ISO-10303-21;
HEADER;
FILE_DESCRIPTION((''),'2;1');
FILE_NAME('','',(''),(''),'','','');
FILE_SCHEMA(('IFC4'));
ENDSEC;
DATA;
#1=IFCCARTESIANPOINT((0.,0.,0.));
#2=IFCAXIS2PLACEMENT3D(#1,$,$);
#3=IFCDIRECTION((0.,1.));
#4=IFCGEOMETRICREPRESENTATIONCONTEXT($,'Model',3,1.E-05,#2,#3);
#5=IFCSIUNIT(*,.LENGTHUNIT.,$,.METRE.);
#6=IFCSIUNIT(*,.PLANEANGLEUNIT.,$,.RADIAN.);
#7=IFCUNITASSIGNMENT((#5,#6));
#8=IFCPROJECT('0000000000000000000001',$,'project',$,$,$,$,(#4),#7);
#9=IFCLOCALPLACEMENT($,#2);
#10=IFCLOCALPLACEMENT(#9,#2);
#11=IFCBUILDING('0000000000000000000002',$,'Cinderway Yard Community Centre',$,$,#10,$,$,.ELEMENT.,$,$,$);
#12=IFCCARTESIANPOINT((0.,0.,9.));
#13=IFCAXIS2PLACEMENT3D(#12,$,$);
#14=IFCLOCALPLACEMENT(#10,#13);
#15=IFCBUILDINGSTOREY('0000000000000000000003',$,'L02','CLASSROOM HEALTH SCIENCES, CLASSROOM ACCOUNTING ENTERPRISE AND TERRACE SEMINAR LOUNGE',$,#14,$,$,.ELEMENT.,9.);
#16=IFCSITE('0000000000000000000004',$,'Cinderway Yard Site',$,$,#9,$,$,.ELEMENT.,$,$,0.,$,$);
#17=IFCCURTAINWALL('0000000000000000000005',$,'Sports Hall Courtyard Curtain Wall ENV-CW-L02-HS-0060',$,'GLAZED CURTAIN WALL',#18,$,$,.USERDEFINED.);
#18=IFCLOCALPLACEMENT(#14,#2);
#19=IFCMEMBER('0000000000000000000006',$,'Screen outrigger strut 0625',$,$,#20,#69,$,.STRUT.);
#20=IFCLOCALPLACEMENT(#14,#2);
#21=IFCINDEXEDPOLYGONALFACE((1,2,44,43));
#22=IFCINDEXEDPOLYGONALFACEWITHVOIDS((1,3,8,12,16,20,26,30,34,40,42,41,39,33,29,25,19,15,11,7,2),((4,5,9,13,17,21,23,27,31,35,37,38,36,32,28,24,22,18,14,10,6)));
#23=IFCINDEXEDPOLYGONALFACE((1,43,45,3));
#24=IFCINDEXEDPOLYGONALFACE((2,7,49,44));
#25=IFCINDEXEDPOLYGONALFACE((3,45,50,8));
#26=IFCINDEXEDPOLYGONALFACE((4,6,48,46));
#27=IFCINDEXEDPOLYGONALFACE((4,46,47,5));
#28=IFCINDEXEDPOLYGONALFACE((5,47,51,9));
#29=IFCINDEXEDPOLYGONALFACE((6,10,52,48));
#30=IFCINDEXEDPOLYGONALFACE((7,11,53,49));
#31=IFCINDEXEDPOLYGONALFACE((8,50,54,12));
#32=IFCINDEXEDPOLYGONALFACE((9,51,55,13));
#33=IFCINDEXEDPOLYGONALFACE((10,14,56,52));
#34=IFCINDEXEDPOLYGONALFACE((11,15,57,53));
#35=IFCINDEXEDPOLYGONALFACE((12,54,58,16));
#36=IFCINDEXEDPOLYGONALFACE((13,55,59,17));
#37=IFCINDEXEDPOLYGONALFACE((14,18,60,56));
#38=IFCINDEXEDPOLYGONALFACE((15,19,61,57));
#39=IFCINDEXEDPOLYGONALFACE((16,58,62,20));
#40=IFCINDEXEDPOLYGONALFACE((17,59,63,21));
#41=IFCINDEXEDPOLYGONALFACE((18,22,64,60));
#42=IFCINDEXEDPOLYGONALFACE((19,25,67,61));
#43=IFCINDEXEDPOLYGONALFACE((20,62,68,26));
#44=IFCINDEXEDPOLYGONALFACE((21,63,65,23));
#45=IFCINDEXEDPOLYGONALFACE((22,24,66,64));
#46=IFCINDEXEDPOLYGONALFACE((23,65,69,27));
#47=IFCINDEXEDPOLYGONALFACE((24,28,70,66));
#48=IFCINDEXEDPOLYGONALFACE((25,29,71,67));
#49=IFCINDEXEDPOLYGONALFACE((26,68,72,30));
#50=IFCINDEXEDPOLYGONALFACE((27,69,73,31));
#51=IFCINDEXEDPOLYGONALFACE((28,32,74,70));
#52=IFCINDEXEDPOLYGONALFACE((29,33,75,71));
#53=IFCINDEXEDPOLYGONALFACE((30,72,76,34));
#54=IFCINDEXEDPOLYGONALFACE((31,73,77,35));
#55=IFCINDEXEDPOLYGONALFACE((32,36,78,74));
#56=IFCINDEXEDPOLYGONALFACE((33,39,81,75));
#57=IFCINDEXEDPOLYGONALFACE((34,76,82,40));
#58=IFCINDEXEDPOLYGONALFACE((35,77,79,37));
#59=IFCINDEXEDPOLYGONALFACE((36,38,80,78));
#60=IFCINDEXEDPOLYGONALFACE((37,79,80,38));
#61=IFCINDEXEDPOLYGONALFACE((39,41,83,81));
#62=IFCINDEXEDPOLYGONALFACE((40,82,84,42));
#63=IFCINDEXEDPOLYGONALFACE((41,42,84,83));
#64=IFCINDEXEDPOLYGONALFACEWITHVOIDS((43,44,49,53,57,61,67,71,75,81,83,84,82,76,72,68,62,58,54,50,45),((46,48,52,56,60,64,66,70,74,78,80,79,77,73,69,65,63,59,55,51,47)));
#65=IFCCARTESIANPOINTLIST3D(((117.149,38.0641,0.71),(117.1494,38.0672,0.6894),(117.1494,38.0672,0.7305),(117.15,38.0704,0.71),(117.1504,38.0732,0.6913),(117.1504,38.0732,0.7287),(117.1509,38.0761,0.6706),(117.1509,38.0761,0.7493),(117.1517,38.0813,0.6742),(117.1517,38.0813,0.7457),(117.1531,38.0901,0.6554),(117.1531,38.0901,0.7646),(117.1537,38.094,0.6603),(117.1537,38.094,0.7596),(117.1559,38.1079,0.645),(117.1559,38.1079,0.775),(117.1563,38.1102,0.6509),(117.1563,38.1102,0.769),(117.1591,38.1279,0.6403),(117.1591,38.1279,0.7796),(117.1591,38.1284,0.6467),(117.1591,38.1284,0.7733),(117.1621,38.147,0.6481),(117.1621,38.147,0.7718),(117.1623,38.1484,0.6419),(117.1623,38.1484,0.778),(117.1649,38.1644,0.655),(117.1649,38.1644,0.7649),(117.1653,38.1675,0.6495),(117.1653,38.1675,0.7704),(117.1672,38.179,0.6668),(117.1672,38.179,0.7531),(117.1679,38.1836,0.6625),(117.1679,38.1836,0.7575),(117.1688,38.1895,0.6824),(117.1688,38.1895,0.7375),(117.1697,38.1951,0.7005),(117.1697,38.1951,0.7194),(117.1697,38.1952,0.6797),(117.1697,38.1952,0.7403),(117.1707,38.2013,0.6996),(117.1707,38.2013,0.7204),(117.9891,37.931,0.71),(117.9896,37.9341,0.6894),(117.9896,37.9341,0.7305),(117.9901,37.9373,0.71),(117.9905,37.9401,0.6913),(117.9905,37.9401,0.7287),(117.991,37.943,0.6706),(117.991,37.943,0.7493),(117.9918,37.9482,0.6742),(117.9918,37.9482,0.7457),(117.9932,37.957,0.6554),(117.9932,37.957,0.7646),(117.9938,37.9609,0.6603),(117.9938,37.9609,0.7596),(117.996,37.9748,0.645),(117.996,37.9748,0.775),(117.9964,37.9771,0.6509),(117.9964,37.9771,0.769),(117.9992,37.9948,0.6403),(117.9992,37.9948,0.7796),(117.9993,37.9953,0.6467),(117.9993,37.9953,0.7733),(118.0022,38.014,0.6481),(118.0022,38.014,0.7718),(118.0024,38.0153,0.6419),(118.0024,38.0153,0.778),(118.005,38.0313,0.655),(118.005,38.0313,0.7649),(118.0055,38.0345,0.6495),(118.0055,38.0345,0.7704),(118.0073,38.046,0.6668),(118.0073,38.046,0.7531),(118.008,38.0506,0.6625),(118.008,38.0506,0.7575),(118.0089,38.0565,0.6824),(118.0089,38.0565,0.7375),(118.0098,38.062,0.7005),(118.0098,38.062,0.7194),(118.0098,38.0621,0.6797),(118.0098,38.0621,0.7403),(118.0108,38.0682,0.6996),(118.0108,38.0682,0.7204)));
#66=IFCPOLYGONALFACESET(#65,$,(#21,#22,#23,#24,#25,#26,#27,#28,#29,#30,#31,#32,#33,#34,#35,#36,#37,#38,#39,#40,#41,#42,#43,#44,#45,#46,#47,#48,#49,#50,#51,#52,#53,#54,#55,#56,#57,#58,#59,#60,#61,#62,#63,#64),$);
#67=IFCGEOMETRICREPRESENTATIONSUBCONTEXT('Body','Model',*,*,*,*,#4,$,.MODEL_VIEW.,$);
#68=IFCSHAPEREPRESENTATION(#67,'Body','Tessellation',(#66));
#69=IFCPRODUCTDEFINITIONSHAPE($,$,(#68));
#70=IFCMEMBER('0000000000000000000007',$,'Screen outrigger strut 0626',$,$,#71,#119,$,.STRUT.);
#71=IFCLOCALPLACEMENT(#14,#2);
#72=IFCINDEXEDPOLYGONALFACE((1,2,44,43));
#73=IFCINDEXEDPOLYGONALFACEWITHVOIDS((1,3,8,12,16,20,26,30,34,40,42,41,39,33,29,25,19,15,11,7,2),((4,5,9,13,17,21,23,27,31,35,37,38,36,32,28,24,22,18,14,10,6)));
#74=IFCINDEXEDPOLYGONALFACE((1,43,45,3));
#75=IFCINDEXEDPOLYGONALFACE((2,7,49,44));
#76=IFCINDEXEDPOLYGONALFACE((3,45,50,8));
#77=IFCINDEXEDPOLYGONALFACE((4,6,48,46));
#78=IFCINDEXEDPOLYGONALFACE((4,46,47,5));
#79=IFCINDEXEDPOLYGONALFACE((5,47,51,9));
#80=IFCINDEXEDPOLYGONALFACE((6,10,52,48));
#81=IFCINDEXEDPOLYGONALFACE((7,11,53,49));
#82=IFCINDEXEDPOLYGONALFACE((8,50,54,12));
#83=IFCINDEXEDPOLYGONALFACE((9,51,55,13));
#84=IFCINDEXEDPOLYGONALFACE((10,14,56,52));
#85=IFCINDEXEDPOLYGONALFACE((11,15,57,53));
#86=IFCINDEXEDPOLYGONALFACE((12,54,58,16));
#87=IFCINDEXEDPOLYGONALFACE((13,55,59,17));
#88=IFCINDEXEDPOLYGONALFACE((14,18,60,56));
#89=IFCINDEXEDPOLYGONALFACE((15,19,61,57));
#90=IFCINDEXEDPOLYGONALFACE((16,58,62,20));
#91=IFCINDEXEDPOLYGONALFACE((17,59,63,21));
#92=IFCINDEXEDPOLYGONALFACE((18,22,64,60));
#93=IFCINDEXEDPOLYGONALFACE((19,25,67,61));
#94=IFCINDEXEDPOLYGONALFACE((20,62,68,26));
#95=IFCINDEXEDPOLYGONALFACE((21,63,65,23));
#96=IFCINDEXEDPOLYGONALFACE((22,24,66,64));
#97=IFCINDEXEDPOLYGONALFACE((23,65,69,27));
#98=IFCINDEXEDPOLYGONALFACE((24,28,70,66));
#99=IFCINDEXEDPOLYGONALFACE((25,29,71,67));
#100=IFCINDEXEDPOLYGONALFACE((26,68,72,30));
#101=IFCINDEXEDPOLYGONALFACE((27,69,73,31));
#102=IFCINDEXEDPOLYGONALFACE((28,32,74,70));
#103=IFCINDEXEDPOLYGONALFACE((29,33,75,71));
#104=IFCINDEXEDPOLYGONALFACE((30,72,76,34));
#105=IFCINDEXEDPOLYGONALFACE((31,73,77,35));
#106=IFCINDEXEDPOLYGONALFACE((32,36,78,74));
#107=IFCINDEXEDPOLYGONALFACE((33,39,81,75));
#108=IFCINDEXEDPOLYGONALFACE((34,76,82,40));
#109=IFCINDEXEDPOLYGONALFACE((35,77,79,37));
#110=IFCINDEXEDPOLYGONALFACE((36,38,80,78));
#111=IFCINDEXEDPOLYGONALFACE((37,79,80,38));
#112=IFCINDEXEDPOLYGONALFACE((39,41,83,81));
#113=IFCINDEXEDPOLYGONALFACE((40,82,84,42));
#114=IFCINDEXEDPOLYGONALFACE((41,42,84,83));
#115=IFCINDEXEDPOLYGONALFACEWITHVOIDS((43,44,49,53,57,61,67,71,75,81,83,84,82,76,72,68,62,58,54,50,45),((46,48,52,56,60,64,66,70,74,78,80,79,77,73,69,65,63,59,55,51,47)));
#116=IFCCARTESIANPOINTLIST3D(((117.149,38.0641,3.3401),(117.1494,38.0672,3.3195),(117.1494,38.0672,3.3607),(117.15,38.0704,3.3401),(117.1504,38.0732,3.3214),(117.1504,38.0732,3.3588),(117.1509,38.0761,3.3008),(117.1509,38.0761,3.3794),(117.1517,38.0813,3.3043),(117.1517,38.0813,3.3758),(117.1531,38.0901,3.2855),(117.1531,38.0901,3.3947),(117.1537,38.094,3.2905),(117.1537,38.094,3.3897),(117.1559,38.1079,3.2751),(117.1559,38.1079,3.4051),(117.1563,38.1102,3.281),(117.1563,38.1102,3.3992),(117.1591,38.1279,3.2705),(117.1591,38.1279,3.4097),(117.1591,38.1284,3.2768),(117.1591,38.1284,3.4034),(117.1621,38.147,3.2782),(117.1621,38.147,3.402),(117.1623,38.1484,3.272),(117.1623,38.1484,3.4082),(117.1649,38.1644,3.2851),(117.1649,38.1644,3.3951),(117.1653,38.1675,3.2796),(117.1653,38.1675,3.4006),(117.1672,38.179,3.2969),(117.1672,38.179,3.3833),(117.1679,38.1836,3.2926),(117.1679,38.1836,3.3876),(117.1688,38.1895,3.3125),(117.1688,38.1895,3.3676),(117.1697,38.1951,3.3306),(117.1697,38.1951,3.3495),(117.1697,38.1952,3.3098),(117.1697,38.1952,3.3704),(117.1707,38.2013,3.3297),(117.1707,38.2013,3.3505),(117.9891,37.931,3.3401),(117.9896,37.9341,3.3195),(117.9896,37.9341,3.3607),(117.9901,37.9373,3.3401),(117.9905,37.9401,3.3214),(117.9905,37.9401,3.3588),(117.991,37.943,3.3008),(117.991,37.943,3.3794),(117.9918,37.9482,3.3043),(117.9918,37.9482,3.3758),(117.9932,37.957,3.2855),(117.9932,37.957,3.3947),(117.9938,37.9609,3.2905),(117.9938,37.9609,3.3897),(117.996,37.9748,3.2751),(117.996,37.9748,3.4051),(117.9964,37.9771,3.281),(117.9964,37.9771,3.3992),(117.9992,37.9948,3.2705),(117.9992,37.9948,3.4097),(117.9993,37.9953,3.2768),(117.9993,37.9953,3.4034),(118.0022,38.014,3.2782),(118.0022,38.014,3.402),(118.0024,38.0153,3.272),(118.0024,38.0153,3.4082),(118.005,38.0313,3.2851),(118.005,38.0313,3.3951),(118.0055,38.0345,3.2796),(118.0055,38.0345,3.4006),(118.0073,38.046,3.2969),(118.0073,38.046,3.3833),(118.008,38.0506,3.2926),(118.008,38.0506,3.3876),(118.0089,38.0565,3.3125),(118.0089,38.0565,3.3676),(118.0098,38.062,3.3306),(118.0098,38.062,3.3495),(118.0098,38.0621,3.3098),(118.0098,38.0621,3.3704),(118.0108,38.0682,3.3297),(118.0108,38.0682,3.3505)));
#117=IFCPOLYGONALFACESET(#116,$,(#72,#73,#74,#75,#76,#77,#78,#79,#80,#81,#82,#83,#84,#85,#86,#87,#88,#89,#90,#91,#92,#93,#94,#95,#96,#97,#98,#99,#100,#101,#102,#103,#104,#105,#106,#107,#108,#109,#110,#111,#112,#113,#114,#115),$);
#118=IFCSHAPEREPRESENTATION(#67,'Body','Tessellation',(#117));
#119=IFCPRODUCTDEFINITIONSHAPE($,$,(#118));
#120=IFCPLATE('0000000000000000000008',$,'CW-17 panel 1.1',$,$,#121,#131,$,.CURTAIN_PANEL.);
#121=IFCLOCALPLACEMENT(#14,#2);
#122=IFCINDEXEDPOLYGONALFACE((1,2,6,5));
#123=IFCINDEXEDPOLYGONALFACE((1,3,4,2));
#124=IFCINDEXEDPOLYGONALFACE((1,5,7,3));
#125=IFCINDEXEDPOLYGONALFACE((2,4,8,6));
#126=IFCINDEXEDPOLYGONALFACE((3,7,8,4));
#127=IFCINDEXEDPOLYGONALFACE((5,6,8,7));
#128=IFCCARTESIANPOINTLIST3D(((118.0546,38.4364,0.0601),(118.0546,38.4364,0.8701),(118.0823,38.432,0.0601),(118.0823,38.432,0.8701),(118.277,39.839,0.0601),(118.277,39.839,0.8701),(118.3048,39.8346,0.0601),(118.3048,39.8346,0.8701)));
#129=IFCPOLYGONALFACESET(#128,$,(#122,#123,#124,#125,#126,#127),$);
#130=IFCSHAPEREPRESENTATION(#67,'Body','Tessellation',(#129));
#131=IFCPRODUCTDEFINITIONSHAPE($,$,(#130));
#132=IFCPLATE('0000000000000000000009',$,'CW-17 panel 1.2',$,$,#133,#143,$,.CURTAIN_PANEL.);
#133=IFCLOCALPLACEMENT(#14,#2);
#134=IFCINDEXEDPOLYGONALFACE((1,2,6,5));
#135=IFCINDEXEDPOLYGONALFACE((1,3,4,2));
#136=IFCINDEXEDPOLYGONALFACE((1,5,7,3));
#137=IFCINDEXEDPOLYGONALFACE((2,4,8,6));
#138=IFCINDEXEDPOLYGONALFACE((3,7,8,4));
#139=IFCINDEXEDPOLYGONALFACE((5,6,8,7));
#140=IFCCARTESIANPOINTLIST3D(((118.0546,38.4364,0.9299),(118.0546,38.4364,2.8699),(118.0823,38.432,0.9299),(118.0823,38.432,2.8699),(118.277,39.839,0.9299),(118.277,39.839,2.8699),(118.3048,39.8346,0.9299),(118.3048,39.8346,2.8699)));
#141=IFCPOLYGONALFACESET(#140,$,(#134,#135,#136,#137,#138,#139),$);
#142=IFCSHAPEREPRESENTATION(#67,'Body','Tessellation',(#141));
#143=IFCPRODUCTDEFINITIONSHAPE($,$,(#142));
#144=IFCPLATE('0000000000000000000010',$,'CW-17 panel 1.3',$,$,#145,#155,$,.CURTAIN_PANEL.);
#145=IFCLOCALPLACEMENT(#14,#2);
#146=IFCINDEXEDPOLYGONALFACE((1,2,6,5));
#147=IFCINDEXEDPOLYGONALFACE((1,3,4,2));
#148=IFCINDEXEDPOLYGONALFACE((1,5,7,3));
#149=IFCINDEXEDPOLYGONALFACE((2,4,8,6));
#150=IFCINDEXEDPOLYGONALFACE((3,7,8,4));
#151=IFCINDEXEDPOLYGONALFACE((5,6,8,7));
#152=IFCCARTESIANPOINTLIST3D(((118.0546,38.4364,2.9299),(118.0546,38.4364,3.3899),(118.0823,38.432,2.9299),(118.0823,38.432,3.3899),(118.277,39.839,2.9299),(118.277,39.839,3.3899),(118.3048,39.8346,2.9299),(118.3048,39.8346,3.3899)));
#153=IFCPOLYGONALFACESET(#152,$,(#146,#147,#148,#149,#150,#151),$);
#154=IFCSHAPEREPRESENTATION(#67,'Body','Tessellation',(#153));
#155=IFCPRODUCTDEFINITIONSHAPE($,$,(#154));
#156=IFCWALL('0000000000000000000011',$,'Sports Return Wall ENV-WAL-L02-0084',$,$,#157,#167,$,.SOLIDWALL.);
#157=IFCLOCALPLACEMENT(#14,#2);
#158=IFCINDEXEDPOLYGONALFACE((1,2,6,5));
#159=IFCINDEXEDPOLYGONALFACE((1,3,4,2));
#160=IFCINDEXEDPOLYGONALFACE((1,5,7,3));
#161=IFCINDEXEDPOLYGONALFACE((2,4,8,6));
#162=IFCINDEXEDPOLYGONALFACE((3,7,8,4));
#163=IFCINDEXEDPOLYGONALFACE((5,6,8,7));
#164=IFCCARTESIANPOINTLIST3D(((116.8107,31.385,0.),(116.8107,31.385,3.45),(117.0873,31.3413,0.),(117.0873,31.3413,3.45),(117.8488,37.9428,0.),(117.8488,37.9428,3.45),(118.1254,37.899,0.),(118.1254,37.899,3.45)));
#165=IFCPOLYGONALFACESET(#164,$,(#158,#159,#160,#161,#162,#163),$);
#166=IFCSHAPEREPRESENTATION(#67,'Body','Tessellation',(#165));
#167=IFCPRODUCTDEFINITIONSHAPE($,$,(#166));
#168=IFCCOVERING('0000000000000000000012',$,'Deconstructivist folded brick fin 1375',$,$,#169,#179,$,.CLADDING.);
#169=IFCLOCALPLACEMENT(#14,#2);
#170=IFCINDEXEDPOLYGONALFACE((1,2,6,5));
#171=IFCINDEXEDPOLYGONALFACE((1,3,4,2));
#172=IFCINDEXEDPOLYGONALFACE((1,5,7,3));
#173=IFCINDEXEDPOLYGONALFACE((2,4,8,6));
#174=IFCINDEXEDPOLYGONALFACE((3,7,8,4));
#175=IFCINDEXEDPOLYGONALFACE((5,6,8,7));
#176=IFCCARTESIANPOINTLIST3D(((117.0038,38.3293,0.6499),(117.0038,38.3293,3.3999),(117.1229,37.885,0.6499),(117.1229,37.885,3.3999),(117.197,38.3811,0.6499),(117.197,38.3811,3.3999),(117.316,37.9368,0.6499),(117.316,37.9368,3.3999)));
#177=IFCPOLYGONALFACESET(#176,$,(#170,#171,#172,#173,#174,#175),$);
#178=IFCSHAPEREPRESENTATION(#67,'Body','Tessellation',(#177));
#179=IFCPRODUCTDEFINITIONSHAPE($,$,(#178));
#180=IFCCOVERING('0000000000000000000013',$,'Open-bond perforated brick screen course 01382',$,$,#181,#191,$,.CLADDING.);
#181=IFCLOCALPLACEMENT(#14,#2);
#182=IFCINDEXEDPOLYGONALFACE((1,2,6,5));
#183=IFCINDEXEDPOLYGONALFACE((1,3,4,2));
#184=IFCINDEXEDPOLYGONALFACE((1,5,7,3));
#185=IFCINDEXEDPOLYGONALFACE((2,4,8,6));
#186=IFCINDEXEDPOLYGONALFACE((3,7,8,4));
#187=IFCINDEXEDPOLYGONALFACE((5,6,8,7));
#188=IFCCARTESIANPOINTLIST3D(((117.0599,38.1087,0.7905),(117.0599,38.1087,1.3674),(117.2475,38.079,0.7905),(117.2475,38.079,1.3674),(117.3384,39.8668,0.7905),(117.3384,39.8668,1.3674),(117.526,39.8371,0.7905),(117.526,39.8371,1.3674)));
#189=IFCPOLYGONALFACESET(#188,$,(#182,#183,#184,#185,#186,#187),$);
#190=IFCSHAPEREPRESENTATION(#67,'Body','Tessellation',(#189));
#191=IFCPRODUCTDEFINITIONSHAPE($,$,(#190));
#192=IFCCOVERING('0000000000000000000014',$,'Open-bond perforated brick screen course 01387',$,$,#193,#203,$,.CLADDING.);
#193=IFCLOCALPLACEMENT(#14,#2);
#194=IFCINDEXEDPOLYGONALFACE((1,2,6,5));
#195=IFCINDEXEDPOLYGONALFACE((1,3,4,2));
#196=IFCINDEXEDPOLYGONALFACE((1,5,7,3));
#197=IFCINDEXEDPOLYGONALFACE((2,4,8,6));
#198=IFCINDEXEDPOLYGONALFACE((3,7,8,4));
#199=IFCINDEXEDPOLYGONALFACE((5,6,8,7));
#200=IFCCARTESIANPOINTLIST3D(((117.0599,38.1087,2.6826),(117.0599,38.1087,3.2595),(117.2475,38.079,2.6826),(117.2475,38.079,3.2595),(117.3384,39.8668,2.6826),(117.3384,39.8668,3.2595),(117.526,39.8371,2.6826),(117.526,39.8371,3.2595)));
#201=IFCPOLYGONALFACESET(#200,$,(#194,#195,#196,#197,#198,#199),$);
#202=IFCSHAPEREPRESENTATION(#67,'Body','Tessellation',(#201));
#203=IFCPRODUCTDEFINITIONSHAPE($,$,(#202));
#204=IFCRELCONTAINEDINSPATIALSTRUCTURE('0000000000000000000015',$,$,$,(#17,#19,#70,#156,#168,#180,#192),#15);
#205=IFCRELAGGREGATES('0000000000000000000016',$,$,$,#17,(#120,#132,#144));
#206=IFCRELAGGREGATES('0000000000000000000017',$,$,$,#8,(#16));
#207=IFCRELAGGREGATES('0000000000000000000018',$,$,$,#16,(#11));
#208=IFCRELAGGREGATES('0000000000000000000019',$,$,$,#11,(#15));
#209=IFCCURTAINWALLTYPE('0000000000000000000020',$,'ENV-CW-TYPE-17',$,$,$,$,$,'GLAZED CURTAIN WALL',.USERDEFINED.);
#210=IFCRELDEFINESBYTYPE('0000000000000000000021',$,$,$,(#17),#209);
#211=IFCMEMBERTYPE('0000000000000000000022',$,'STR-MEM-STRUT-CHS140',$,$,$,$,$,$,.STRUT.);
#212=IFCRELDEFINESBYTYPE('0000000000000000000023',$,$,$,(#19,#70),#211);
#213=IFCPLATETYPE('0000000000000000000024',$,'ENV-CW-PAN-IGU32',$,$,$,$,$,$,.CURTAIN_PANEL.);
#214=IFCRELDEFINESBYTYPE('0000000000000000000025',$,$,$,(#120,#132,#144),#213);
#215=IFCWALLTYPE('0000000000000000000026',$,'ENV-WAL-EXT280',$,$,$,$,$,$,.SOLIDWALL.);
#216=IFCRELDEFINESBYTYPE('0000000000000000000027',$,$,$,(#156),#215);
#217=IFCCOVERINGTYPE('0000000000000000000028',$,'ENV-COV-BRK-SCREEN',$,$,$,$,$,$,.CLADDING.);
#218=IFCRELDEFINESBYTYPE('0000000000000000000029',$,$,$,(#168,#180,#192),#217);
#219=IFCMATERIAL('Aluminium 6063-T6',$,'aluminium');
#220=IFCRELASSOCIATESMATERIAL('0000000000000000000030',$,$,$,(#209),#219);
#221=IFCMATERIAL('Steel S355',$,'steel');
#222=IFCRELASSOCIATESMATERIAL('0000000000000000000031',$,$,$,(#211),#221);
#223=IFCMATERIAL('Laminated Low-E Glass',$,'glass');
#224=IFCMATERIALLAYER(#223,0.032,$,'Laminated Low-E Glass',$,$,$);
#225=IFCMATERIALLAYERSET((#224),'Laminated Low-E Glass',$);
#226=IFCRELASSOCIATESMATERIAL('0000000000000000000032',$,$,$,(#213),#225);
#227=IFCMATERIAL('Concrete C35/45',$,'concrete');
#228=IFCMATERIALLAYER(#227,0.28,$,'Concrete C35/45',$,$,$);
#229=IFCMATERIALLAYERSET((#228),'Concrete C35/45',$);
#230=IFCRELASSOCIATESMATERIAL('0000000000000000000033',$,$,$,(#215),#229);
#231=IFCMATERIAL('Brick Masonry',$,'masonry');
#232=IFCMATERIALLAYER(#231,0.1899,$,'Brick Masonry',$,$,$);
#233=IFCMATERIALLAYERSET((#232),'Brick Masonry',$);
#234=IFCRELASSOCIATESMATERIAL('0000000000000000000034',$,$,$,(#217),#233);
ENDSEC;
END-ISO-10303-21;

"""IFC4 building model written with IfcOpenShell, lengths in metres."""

from ifc_helpers import new_model, si_unit, direction, frame, frame_2d, origin, origin_2d, place, context, subcontext, project, spatial, rectangle, hollow_circle, extrude, material, layer, layer_set, material_profile, profile_set, type_object, element, aggregate, save


model = new_model("IFC4")

# Units and contexts
model_context = context("Model", 3, precision=1e-05, world=origin(), true_north=direction((0.0, 1.0)))
body_context = subcontext(model_context, "Body", "Model", "MODEL_VIEW")
ifc_project = project(units=[si_unit("LENGTHUNIT", "METRE"), si_unit("PLANEANGLEUNIT", "RADIAN")], contexts=[model_context])

# Site, building, storey
site_placement = place(None, origin())
site = spatial("IfcSite", under=ifc_project, at=site_placement, Name="Cinderway Yard Site", CompositionType="ELEMENT", RefElevation=0.0)
building_placement = place(site_placement, origin())
building = spatial("IfcBuilding", under=site, at=building_placement, Name="Cinderway Yard Community Centre", CompositionType="ELEMENT")
storey_placement = place(building_placement, frame((0.0, 0.0, 9.0)))
storey = spatial("IfcBuildingStorey", under=building, at=storey_placement, Name="L02", Description="CLASSROOM HEALTH SCIENCES, CLASSROOM ACCOUNTING ENTERPRISE AND TERRACE SEMINAR LOUNGE", CompositionType="ELEMENT", Elevation=9.0)

# Curtain wall
ifc_material_1 = material(Name="Aluminium 6063-T6", Category="aluminium")
curtain_wall_type = type_object("IfcCurtainWallType", Name="ENV-CW-TYPE-17", ElementType="GLAZED CURTAIN WALL", PredefinedType="USERDEFINED", material=ifc_material_1)
curtain_wall_placement = place(storey_placement, origin())
curtain_wall = element("IfcCurtainWall", 1, at=curtain_wall_placement, inside=storey, type_object=curtain_wall_type, Name="Sports Hall Courtyard Curtain Wall ENV-CW-L02-HS-0060", ObjectType="GLAZED CURTAIN WALL", PredefinedType="USERDEFINED")

# Shared definitions
ifc_material_2 = material(Name="Steel S355", Category="steel")

# Shared definitions
ifc_material_3 = material(Name="Concrete C35/45", Category="concrete")

# Members
ifc_material_profile_1 = material_profile(ifc_material_2, hollow_circle(Radius=0.0698, WallThickness=0.0063, at=origin_2d()), Name="Steel S355")
ifc_profile_set_1 = profile_set([ifc_material_profile_1], Name="Steel S355")
member_type_1 = type_object("IfcMemberType", Name="STR-MEM-STRUT-CHS140", PredefinedType="STRUT", material=ifc_profile_set_1)
for number, where, z_axis, x_axis, name in (
    (2, (118.0, 38.0, 0.71), (-0.987688, 0.156434, 0.0), (-0.156434, -0.987688, 0.0), "Screen outrigger strut 0625"),
    (3, (118.0, 38.0, 3.3401), (-0.987688, 0.156434, 0.0), (-0.156434, -0.987688, 0.0), "Screen outrigger strut 0626"),
):
    element("IfcMember", number, at=place(storey_placement, frame(where, z_axis=z_axis, x_axis=x_axis)), inside=storey, type_object=member_type_1, Name=name, PredefinedType="STRUT", context=body_context, shape_type="SweptSolid", body=[
        extrude(hollow_circle(Radius=0.0698, WallThickness=0.0063, at=origin_2d()), origin(), (0.0, 0.0, 1.0), 0.8506),
    ])

# Plates
ifc_material_4 = material(Name="Laminated Low-E Glass", Category="glass")
ifc_layer_1 = layer(ifc_material_4, 0.032, Name="Laminated Low-E Glass")
ifc_layer_set_1 = layer_set([ifc_layer_1], Name="Laminated Low-E Glass")
plate_type = type_object("IfcPlateType", Name="ENV-CW-PAN-IGU32", PredefinedType="CURTAIN_PANEL", material=ifc_layer_set_1)
plate_1_placement = place(storey_placement, frame((118.1797, 39.1355, 0.0601), z_axis=(0.0, 0.0, 1.0), x_axis=(0.156609, 0.987661, 0.0)))
plate_1 = element("IfcPlate", 4, at=plate_1_placement, type_object=plate_type, Name="CW-17 panel 1.1", PredefinedType="CURTAIN_PANEL", context=body_context, shape_type="SweptSolid", body=[
    extrude(rectangle(XDim=1.4202, YDim=0.0281, at=origin_2d()), origin(), (0.0, 0.0, 1.0), 0.8101),
])
plate_2_placement = place(storey_placement, frame((118.1797, 39.1355, 0.9299), z_axis=(0.0, 0.0, 1.0), x_axis=(0.156609, 0.987661, 0.0)))
plate_2 = element("IfcPlate", 5, at=plate_2_placement, type_object=plate_type, Name="CW-17 panel 1.2", PredefinedType="CURTAIN_PANEL", context=body_context, shape_type="SweptSolid", body=[
    extrude(rectangle(XDim=1.4202, YDim=0.0281, at=origin_2d()), origin(), (0.0, 0.0, 1.0), 1.9399),
])
plate_3_placement = place(storey_placement, frame((118.1797, 39.1355, 2.9299), z_axis=(0.0, 0.0, 1.0), x_axis=(0.156609, 0.987661, 0.0)))
plate_3 = element("IfcPlate", 6, at=plate_3_placement, type_object=plate_type, Name="CW-17 panel 1.3", PredefinedType="CURTAIN_PANEL", context=body_context, shape_type="SweptSolid", body=[
    extrude(rectangle(XDim=1.4202, YDim=0.0281, at=origin_2d()), origin(), (0.0, 0.0, 1.0), 0.46),
])
aggregate(curtain_wall, [plate_1, plate_2, plate_3])

# Wall
ifc_layer_2 = layer(ifc_material_3, 0.28, Name="Concrete C35/45")
ifc_layer_set_2 = layer_set([ifc_layer_2], Name="Concrete C35/45")
wall_type = type_object("IfcWallType", Name="ENV-WAL-EXT280", PredefinedType="SOLIDWALL", material=ifc_layer_set_2)
wall_placement = place(storey_placement, frame((116.949, 31.363, 0.0), z_axis=(0.0, 0.0, 1.0), x_axis=(0.15635, 0.987702, 0.0)))
element("IfcWall", 7, at=wall_placement, inside=storey, type_object=wall_type, Name="Sports Return Wall ENV-WAL-L02-0084", PredefinedType="SOLIDWALL", context=body_context, shape_type="SweptSolid", body=[
    extrude(rectangle(XDim=6.6394, YDim=0.28, at=frame_2d((3.3198, 0.0))), origin(), (0.0, 0.0, 1.0), 3.45),
])

# Coverings
ifc_material_5 = material(Name="Brick Masonry", Category="masonry")
ifc_layer_3 = layer(ifc_material_5, 0.1899, Name="Brick Masonry")
ifc_layer_set_3 = layer_set([ifc_layer_3], Name="Brick Masonry")
covering_type = type_object("IfcCoveringType", Name="ENV-COV-BRK-SCREEN", PredefinedType="CLADDING", material=ifc_layer_set_3)
covering_placement = place(storey_placement, frame((117.1599, 38.1331, 0.6499), z_axis=(0.0, 0.0, 1.0), x_axis=(-0.258819, 0.965926, 0.0)))
element("IfcCovering", 8, at=covering_placement, inside=storey, type_object=covering_type, Name="Deconstructivist folded brick fin 1375", PredefinedType="CLADDING", context=body_context, shape_type="SweptSolid", body=[
    extrude(rectangle(XDim=0.46, YDim=0.2, at=origin_2d()), origin(), (0.0, 0.0, 1.0), 2.75),
])
for number, where, z_axis, x_axis, name in (
    (9, (117.293, 38.9729, 0.7905), (0.0, 0.0, 1.0), (0.156434, 0.987688, 0.0), "Open-bond perforated brick screen course 01382"),
    (10, (117.293, 38.9729, 2.6826), (0.0, 0.0, 1.0), (0.156434, 0.987688, 0.0), "Open-bond perforated brick screen course 01387"),
):
    element("IfcCovering", number, at=place(storey_placement, frame(where, z_axis=z_axis, x_axis=x_axis)), inside=storey, type_object=covering_type, Name=name, PredefinedType="CLADDING", context=body_context, shape_type="SweptSolid", body=[
        extrude(rectangle(XDim=1.78, YDim=0.1899, at=origin_2d()), origin(), (0.0, 0.0, 1.0), 0.5769),
    ])

save(model, "model.ifc")
